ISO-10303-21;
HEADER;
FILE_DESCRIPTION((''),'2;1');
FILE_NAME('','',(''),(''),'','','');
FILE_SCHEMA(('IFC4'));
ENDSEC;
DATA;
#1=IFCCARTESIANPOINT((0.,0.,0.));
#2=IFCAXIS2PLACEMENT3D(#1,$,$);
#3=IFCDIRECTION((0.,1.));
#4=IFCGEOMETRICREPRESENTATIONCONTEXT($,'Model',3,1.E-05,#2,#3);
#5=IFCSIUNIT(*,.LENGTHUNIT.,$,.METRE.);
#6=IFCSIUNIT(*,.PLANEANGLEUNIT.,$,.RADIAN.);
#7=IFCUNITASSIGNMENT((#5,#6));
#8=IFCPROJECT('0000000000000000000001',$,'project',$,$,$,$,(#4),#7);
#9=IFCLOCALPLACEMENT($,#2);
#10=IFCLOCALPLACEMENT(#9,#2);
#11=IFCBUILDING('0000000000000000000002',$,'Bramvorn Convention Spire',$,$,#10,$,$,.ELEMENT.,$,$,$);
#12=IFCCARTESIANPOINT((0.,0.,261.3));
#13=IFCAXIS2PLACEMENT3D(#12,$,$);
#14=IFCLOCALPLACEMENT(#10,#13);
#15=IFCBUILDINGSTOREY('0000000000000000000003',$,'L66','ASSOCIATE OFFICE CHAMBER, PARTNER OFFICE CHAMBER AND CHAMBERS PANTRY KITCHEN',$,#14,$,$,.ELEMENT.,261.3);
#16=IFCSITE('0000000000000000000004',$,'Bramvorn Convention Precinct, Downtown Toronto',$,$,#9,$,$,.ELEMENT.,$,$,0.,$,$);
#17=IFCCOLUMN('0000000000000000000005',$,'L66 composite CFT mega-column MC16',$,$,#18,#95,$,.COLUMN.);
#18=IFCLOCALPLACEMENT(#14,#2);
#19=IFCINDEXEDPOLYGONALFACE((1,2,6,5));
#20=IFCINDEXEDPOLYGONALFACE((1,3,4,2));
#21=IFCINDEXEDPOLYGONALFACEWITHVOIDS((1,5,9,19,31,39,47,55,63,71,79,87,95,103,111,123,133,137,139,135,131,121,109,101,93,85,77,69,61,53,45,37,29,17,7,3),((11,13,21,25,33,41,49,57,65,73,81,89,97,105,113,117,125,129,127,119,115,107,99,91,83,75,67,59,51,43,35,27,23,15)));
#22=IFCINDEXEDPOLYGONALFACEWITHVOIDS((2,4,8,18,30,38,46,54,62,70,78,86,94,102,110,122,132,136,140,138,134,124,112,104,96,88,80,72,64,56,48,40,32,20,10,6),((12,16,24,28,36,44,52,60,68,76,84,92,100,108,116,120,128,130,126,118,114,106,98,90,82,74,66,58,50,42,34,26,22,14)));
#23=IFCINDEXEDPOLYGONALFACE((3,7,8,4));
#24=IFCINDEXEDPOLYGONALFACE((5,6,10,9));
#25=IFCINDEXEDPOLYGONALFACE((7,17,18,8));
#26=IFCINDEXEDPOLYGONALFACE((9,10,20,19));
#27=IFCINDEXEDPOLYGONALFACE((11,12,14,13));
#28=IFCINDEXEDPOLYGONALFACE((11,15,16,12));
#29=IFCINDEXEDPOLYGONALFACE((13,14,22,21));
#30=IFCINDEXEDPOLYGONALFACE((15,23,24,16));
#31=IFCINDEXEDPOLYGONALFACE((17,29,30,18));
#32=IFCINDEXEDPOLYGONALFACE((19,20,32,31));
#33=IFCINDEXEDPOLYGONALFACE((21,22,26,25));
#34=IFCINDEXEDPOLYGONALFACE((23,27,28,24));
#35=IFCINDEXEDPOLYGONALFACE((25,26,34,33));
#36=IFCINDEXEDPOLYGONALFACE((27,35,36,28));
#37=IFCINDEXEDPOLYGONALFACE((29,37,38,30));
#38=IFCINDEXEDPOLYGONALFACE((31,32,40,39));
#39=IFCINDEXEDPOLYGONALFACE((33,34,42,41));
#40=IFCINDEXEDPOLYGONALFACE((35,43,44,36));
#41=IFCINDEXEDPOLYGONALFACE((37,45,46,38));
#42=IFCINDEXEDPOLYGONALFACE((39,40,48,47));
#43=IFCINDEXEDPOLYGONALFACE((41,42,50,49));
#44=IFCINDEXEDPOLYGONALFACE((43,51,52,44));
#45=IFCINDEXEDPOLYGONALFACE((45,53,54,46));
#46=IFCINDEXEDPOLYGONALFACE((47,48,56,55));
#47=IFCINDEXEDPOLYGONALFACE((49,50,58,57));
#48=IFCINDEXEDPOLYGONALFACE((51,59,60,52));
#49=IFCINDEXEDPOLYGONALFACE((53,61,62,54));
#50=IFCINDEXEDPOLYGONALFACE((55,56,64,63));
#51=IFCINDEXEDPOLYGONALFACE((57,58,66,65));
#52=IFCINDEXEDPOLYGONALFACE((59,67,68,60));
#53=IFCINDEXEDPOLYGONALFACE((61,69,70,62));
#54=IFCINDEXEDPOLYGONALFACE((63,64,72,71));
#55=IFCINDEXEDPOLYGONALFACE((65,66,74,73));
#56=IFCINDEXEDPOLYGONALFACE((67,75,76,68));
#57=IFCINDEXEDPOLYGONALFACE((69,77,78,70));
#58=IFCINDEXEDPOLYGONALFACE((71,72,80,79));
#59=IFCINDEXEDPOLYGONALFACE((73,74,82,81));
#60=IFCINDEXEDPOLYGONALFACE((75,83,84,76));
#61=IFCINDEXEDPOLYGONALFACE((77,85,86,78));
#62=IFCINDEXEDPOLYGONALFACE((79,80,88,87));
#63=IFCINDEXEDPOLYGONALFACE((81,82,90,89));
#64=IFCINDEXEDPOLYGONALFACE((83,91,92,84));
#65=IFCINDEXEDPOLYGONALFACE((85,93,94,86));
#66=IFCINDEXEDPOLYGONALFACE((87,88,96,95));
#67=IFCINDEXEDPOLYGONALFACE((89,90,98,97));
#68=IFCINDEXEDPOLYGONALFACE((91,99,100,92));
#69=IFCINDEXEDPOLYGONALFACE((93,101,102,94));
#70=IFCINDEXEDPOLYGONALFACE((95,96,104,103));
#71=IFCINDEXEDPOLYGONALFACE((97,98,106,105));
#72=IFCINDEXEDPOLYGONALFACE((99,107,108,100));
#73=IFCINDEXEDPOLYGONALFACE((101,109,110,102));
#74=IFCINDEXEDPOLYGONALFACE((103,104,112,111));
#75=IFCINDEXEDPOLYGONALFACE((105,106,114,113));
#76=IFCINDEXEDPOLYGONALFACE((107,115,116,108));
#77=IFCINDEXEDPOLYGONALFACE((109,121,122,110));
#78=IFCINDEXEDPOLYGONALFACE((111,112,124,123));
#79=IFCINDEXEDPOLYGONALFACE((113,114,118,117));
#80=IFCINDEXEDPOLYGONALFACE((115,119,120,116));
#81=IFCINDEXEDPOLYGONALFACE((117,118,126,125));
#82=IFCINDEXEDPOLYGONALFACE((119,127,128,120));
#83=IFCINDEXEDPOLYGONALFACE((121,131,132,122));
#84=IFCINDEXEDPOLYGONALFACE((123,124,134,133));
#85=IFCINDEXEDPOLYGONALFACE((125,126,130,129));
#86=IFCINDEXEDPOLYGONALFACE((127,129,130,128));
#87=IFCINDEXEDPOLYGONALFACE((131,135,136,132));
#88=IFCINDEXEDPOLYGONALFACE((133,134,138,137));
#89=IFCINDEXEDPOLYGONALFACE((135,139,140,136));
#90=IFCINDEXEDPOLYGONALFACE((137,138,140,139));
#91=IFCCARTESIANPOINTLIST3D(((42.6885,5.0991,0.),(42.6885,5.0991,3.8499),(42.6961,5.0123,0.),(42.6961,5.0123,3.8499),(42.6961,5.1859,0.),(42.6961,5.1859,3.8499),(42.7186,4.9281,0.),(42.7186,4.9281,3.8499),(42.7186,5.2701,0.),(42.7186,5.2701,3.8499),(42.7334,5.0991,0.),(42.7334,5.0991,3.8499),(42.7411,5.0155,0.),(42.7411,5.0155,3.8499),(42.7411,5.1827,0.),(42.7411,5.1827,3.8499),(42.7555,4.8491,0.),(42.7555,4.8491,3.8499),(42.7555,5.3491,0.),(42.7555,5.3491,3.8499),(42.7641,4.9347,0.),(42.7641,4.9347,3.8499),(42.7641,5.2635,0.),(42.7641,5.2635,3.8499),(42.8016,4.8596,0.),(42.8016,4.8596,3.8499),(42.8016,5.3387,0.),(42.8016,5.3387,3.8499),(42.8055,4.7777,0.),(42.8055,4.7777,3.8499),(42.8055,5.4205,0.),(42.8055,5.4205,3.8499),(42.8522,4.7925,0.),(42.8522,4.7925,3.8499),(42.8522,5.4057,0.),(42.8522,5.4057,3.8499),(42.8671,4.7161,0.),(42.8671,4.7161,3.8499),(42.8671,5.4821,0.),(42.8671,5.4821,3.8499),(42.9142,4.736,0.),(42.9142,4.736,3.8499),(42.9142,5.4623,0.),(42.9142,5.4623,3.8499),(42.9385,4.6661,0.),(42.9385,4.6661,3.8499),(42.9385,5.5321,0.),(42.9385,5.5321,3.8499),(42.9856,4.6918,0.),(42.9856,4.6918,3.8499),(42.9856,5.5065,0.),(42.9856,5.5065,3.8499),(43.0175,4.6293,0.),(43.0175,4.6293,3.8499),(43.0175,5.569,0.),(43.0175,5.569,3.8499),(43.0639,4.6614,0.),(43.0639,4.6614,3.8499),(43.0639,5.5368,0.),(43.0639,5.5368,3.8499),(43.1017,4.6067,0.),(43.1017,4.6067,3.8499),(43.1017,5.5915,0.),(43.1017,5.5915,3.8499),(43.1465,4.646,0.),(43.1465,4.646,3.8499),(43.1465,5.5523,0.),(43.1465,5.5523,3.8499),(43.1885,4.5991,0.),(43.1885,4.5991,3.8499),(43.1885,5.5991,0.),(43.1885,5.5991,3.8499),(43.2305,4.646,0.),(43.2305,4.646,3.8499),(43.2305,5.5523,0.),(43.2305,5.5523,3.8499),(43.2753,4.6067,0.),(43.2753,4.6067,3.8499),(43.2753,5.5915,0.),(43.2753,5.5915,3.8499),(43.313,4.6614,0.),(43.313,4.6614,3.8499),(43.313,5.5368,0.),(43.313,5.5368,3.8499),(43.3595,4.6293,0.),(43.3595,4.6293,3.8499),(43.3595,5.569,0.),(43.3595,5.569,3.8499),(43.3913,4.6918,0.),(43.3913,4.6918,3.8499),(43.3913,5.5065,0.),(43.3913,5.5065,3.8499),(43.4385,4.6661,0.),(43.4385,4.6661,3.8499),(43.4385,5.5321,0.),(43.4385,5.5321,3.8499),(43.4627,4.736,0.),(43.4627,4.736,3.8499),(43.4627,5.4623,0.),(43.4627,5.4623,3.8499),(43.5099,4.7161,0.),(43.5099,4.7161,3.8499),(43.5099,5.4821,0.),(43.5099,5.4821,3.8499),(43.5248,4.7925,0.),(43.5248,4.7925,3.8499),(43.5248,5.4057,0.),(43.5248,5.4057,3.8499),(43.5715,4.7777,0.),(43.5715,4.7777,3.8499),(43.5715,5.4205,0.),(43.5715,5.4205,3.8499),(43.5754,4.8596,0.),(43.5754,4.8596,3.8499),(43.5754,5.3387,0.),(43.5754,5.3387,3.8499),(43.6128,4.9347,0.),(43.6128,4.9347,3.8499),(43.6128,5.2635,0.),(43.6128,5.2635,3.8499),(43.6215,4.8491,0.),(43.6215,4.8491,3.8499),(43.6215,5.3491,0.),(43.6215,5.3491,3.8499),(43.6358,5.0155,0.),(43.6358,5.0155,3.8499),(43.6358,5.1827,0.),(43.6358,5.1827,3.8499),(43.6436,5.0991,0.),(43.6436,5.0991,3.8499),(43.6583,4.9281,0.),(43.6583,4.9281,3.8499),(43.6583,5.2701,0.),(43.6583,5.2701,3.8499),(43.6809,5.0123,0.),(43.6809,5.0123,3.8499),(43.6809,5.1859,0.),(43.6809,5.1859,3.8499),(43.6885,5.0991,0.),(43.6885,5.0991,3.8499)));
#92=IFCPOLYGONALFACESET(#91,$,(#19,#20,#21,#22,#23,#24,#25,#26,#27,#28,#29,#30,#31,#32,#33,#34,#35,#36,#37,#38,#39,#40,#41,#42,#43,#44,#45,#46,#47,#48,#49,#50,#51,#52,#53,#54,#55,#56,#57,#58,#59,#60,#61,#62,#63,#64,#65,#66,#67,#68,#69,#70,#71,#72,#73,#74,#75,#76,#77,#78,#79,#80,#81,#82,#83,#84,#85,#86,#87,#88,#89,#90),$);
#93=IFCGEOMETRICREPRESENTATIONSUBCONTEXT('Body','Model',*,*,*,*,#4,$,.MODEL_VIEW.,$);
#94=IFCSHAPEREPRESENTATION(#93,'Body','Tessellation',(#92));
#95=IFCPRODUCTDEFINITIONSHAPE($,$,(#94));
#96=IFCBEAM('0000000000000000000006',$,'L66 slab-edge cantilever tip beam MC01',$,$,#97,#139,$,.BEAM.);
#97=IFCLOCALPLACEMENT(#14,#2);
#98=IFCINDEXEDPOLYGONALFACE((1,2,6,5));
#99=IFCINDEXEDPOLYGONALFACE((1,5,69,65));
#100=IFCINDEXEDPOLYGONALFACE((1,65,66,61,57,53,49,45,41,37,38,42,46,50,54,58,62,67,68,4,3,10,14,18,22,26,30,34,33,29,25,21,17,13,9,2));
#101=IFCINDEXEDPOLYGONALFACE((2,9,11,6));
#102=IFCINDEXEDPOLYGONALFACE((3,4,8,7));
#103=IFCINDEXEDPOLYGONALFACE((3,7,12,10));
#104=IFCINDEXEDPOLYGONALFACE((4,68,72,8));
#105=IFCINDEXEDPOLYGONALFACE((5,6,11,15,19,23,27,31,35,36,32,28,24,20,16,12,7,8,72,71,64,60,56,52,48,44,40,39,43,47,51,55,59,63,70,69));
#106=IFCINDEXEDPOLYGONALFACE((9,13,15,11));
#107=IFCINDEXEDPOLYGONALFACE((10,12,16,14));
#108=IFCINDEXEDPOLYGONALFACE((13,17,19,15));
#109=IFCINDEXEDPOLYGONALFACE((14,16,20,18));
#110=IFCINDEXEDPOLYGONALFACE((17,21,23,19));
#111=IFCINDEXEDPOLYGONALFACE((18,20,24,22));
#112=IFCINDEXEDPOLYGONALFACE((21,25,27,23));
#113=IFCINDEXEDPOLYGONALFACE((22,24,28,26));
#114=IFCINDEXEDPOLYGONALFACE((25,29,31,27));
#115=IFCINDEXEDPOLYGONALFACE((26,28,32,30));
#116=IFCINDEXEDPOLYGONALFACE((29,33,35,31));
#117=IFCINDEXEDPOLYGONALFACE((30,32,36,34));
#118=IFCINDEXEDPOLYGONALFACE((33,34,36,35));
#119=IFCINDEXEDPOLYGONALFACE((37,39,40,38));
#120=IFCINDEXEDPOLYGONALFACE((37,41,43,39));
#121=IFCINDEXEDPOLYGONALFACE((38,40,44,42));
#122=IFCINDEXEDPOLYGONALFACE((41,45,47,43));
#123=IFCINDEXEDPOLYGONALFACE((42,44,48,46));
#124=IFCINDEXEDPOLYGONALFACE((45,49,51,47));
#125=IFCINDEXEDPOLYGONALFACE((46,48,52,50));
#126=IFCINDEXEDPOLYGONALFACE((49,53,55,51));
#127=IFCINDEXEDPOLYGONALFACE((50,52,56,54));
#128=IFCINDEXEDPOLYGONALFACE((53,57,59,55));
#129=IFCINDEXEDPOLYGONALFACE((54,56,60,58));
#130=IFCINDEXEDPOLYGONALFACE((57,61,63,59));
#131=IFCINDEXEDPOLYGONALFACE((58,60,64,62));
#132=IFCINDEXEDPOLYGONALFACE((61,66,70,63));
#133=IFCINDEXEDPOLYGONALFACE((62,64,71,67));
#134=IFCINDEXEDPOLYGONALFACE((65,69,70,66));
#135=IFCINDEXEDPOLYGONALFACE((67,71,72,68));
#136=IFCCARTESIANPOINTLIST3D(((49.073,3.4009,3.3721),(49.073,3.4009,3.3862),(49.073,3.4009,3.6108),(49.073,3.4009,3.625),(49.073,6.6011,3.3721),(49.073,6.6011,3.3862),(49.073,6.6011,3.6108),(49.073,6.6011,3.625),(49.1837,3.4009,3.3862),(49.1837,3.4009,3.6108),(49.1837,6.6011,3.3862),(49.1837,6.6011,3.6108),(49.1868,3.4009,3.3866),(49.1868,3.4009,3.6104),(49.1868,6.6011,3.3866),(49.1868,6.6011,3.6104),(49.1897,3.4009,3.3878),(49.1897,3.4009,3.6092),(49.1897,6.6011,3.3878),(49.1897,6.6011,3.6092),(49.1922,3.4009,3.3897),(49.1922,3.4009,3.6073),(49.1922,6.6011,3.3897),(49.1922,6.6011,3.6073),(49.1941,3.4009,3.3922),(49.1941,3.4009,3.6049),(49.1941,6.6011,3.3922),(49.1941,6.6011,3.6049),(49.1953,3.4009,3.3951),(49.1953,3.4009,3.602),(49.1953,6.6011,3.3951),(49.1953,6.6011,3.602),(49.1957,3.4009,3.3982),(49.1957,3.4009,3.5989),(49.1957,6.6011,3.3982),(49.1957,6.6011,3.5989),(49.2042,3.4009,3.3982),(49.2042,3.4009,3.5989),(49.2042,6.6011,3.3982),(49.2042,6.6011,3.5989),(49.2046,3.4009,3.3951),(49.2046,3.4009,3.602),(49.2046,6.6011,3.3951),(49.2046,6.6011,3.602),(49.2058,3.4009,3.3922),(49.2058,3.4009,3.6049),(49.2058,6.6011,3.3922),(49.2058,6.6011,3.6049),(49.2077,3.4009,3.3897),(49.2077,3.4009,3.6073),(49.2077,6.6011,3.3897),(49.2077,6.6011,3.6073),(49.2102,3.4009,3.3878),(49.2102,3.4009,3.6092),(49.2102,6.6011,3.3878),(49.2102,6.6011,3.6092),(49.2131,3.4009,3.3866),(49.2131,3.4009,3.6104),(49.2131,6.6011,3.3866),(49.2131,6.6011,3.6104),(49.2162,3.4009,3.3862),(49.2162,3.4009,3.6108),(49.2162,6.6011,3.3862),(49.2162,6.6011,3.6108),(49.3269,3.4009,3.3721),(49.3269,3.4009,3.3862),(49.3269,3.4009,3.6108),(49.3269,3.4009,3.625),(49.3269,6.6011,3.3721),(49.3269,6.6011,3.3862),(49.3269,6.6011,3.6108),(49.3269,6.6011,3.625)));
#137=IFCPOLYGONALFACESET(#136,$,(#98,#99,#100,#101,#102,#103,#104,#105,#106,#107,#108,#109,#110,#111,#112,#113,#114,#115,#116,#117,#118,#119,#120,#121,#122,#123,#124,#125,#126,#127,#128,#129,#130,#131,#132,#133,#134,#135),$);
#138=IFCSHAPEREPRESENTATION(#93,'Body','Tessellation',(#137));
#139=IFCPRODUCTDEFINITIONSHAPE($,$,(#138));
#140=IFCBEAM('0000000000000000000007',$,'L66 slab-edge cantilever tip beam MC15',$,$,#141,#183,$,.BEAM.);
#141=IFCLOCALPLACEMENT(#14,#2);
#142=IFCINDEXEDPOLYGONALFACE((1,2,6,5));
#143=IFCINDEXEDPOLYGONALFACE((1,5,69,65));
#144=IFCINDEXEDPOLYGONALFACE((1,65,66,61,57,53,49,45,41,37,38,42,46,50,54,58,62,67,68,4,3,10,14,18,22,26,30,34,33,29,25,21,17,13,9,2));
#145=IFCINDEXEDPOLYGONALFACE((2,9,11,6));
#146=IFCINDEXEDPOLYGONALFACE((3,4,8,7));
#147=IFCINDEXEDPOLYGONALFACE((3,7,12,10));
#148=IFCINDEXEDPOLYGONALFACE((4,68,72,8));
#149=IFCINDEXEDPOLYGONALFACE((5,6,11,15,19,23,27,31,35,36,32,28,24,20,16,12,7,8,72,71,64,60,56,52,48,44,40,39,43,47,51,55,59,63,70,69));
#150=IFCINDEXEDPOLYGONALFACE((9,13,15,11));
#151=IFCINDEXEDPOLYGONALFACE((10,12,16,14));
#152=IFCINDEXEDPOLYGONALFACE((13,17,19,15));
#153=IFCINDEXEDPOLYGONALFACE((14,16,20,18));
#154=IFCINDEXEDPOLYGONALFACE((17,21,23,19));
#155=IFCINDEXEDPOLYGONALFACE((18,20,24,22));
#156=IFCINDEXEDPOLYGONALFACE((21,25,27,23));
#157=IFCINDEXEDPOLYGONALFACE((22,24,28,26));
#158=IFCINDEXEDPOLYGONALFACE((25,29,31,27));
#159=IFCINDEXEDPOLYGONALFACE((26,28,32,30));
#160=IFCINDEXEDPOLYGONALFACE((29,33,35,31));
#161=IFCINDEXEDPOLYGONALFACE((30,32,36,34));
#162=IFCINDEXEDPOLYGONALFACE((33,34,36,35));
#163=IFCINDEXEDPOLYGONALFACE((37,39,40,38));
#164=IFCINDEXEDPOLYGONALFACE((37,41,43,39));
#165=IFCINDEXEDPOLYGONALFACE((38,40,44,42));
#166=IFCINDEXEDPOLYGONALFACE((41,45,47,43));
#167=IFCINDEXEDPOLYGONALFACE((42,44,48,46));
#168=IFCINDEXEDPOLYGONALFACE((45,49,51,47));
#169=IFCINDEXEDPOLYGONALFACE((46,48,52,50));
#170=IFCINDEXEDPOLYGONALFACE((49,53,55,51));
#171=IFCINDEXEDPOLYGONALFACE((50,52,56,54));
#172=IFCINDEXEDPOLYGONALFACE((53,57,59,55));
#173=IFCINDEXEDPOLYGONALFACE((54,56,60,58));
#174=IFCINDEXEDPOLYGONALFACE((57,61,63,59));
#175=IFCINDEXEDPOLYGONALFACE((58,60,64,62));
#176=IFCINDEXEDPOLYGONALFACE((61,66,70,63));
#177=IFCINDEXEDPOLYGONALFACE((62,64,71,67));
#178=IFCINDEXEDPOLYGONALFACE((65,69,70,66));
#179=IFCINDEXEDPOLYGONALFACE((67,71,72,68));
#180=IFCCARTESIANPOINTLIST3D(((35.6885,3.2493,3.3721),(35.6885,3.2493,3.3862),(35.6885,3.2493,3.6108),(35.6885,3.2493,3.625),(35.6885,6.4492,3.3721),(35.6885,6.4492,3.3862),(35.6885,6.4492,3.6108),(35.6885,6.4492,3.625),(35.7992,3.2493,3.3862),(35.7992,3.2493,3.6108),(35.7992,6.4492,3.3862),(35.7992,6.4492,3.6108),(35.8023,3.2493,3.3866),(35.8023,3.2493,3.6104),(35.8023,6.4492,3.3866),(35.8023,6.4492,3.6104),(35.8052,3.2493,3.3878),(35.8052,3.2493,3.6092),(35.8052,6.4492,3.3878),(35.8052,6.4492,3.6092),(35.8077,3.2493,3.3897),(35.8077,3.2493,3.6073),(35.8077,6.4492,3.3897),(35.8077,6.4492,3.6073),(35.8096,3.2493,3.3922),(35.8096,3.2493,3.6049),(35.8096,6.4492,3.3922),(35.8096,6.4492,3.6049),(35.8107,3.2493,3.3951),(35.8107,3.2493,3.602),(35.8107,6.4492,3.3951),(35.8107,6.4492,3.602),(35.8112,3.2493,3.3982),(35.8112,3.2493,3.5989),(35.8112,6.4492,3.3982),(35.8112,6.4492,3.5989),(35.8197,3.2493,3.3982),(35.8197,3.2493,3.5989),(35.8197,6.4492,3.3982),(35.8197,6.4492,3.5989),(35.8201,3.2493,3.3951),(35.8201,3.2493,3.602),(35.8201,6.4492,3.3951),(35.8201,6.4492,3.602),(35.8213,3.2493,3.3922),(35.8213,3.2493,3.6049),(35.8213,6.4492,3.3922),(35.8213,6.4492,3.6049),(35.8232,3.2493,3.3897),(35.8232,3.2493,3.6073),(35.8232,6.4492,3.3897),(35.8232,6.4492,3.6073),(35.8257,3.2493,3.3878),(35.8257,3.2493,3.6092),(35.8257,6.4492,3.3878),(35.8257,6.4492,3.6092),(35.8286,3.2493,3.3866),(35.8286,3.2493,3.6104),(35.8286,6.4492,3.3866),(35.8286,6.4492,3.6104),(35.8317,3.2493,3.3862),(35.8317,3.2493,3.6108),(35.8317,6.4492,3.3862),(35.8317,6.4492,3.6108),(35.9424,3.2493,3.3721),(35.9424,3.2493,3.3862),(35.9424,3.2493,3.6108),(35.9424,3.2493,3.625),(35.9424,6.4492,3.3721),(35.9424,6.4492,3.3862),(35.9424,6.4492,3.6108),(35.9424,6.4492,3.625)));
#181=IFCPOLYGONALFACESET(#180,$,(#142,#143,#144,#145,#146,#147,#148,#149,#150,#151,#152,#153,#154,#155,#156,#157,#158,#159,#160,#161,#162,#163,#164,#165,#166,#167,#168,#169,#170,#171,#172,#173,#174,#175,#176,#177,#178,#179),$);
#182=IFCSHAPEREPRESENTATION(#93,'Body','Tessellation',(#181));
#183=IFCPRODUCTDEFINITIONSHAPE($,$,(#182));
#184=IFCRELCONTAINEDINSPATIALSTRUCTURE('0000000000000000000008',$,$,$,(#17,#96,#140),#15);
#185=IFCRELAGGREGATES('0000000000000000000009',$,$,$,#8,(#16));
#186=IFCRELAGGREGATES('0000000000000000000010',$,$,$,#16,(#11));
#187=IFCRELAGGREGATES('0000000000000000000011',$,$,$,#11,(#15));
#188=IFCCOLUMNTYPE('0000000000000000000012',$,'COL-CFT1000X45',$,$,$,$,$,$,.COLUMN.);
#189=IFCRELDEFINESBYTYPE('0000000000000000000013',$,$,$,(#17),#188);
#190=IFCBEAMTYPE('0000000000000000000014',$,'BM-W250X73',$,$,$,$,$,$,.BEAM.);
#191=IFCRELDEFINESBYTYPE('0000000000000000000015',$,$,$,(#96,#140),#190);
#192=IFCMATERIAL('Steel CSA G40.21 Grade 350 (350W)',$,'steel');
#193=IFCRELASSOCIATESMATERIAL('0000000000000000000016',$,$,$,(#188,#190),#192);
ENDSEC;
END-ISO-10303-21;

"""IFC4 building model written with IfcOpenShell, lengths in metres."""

from ifc_helpers import new_model, si_unit, direction, frame, origin, origin_2d, place, context, subcontext, project, spatial, hollow_circle, i_section, extrude, material, material_profile, profile_set, type_object, element, save


model = new_model("IFC4")

# Units and contexts
model_context = context("Model", 3, precision=1e-05, world=origin(), true_north=direction((0.0, 1.0)))
body_context = subcontext(model_context, "Body", "Model", "MODEL_VIEW")
ifc_project = project(units=[si_unit("LENGTHUNIT", "METRE"), si_unit("PLANEANGLEUNIT", "RADIAN")], contexts=[model_context])

# Site, building, storey
site_placement = place(None, origin())
site = spatial("IfcSite", under=ifc_project, at=site_placement, Name="Bramvorn Convention Precinct, Downtown Toronto", CompositionType="ELEMENT", RefElevation=0.0)
building_placement = place(site_placement, origin())
building = spatial("IfcBuilding", under=site, at=building_placement, Name="Bramvorn Convention Spire", CompositionType="ELEMENT")
storey_placement = place(building_placement, frame((0.0, 0.0, 261.3)))
storey = spatial("IfcBuildingStorey", under=building, at=storey_placement, Name="L66", Description="ASSOCIATE OFFICE CHAMBER, PARTNER OFFICE CHAMBER AND CHAMBERS PANTRY KITCHEN", CompositionType="ELEMENT", Elevation=261.3)

# Column
ifc_material_1 = material(Name="Steel CSA G40.21 Grade 350 (350W)", Category="steel")
ifc_material_profile_1 = material_profile(ifc_material_1, hollow_circle(Radius=0.5, WallThickness=0.0449, at=origin_2d()))
ifc_profile_set_1 = profile_set([ifc_material_profile_1], Name="Steel CSA G40.21 Grade 350 (350W) - CFT1000X45")
column_type = type_object("IfcColumnType", Name="COL-CFT1000X45", PredefinedType="COLUMN", material=ifc_profile_set_1)
for number, where, z_axis, x_axis, name in (
    (1, (43.1885, 5.0991, 0.0), (0.0, 0.0, 1.0), (1.0, 0.0, 0.0), "L66 composite CFT mega-column MC16"),
):
    element("IfcColumn", number, at=place(storey_placement, frame(where, z_axis=z_axis, x_axis=x_axis)), inside=storey, type_object=column_type, Name=name, PredefinedType="COLUMN", context=body_context, shape_type="SweptSolid", body=[
        extrude(hollow_circle(Radius=0.5, WallThickness=0.0449, at=origin_2d()), origin(), (0.0, 0.0, 1.0), 3.8499),
    ])

# Beams
ifc_material_profile_2 = material_profile(ifc_material_1, i_section(OverallWidth=0.2539, OverallDepth=0.2529, WebThickness=0.0085, FlangeThickness=0.0142, FilletRadius=0.012, at=origin_2d()))
ifc_profile_set_2 = profile_set([ifc_material_profile_2], Name="Steel CSA G40.21 Grade 350 (350W) - W250X73")
beam_type_1 = type_object("IfcBeamType", Name="BM-W250X73", PredefinedType="BEAM", material=ifc_profile_set_2)
beam_1_placement = place(storey_placement, frame((49.2, 6.6011, 3.4985), z_axis=(0.0, -1.0, 0.0), x_axis=(1.0, 0.0, 0.0)))
element("IfcBeam", 2, at=beam_1_placement, inside=storey, type_object=beam_type_1, Name="L66 slab-edge cantilever tip beam MC01", PredefinedType="BEAM", context=body_context, shape_type="SweptSolid", body=[
    extrude(i_section(OverallWidth=0.2539, OverallDepth=0.2529, WebThickness=0.0085, FlangeThickness=0.0142, FilletRadius=0.012, at=origin_2d()), origin(), (0.0, 0.0, 1.0), 3.2002),
])
beam_2_placement = place(storey_placement, frame((35.8154, 6.4492, 3.4985), z_axis=(0.0, -1.0, 0.0), x_axis=(1.0, 0.0, 0.0)))
element("IfcBeam", 3, at=beam_2_placement, inside=storey, type_object=beam_type_1, Name="L66 slab-edge cantilever tip beam MC15", PredefinedType="BEAM", context=body_context, shape_type="SweptSolid", body=[
    extrude(i_section(OverallWidth=0.2539, OverallDepth=0.2529, WebThickness=0.0085, FlangeThickness=0.0142, FilletRadius=0.012, at=origin_2d()), origin(), (0.0, 0.0, 1.0), 3.2),
])

save(model, "model.ifc")
